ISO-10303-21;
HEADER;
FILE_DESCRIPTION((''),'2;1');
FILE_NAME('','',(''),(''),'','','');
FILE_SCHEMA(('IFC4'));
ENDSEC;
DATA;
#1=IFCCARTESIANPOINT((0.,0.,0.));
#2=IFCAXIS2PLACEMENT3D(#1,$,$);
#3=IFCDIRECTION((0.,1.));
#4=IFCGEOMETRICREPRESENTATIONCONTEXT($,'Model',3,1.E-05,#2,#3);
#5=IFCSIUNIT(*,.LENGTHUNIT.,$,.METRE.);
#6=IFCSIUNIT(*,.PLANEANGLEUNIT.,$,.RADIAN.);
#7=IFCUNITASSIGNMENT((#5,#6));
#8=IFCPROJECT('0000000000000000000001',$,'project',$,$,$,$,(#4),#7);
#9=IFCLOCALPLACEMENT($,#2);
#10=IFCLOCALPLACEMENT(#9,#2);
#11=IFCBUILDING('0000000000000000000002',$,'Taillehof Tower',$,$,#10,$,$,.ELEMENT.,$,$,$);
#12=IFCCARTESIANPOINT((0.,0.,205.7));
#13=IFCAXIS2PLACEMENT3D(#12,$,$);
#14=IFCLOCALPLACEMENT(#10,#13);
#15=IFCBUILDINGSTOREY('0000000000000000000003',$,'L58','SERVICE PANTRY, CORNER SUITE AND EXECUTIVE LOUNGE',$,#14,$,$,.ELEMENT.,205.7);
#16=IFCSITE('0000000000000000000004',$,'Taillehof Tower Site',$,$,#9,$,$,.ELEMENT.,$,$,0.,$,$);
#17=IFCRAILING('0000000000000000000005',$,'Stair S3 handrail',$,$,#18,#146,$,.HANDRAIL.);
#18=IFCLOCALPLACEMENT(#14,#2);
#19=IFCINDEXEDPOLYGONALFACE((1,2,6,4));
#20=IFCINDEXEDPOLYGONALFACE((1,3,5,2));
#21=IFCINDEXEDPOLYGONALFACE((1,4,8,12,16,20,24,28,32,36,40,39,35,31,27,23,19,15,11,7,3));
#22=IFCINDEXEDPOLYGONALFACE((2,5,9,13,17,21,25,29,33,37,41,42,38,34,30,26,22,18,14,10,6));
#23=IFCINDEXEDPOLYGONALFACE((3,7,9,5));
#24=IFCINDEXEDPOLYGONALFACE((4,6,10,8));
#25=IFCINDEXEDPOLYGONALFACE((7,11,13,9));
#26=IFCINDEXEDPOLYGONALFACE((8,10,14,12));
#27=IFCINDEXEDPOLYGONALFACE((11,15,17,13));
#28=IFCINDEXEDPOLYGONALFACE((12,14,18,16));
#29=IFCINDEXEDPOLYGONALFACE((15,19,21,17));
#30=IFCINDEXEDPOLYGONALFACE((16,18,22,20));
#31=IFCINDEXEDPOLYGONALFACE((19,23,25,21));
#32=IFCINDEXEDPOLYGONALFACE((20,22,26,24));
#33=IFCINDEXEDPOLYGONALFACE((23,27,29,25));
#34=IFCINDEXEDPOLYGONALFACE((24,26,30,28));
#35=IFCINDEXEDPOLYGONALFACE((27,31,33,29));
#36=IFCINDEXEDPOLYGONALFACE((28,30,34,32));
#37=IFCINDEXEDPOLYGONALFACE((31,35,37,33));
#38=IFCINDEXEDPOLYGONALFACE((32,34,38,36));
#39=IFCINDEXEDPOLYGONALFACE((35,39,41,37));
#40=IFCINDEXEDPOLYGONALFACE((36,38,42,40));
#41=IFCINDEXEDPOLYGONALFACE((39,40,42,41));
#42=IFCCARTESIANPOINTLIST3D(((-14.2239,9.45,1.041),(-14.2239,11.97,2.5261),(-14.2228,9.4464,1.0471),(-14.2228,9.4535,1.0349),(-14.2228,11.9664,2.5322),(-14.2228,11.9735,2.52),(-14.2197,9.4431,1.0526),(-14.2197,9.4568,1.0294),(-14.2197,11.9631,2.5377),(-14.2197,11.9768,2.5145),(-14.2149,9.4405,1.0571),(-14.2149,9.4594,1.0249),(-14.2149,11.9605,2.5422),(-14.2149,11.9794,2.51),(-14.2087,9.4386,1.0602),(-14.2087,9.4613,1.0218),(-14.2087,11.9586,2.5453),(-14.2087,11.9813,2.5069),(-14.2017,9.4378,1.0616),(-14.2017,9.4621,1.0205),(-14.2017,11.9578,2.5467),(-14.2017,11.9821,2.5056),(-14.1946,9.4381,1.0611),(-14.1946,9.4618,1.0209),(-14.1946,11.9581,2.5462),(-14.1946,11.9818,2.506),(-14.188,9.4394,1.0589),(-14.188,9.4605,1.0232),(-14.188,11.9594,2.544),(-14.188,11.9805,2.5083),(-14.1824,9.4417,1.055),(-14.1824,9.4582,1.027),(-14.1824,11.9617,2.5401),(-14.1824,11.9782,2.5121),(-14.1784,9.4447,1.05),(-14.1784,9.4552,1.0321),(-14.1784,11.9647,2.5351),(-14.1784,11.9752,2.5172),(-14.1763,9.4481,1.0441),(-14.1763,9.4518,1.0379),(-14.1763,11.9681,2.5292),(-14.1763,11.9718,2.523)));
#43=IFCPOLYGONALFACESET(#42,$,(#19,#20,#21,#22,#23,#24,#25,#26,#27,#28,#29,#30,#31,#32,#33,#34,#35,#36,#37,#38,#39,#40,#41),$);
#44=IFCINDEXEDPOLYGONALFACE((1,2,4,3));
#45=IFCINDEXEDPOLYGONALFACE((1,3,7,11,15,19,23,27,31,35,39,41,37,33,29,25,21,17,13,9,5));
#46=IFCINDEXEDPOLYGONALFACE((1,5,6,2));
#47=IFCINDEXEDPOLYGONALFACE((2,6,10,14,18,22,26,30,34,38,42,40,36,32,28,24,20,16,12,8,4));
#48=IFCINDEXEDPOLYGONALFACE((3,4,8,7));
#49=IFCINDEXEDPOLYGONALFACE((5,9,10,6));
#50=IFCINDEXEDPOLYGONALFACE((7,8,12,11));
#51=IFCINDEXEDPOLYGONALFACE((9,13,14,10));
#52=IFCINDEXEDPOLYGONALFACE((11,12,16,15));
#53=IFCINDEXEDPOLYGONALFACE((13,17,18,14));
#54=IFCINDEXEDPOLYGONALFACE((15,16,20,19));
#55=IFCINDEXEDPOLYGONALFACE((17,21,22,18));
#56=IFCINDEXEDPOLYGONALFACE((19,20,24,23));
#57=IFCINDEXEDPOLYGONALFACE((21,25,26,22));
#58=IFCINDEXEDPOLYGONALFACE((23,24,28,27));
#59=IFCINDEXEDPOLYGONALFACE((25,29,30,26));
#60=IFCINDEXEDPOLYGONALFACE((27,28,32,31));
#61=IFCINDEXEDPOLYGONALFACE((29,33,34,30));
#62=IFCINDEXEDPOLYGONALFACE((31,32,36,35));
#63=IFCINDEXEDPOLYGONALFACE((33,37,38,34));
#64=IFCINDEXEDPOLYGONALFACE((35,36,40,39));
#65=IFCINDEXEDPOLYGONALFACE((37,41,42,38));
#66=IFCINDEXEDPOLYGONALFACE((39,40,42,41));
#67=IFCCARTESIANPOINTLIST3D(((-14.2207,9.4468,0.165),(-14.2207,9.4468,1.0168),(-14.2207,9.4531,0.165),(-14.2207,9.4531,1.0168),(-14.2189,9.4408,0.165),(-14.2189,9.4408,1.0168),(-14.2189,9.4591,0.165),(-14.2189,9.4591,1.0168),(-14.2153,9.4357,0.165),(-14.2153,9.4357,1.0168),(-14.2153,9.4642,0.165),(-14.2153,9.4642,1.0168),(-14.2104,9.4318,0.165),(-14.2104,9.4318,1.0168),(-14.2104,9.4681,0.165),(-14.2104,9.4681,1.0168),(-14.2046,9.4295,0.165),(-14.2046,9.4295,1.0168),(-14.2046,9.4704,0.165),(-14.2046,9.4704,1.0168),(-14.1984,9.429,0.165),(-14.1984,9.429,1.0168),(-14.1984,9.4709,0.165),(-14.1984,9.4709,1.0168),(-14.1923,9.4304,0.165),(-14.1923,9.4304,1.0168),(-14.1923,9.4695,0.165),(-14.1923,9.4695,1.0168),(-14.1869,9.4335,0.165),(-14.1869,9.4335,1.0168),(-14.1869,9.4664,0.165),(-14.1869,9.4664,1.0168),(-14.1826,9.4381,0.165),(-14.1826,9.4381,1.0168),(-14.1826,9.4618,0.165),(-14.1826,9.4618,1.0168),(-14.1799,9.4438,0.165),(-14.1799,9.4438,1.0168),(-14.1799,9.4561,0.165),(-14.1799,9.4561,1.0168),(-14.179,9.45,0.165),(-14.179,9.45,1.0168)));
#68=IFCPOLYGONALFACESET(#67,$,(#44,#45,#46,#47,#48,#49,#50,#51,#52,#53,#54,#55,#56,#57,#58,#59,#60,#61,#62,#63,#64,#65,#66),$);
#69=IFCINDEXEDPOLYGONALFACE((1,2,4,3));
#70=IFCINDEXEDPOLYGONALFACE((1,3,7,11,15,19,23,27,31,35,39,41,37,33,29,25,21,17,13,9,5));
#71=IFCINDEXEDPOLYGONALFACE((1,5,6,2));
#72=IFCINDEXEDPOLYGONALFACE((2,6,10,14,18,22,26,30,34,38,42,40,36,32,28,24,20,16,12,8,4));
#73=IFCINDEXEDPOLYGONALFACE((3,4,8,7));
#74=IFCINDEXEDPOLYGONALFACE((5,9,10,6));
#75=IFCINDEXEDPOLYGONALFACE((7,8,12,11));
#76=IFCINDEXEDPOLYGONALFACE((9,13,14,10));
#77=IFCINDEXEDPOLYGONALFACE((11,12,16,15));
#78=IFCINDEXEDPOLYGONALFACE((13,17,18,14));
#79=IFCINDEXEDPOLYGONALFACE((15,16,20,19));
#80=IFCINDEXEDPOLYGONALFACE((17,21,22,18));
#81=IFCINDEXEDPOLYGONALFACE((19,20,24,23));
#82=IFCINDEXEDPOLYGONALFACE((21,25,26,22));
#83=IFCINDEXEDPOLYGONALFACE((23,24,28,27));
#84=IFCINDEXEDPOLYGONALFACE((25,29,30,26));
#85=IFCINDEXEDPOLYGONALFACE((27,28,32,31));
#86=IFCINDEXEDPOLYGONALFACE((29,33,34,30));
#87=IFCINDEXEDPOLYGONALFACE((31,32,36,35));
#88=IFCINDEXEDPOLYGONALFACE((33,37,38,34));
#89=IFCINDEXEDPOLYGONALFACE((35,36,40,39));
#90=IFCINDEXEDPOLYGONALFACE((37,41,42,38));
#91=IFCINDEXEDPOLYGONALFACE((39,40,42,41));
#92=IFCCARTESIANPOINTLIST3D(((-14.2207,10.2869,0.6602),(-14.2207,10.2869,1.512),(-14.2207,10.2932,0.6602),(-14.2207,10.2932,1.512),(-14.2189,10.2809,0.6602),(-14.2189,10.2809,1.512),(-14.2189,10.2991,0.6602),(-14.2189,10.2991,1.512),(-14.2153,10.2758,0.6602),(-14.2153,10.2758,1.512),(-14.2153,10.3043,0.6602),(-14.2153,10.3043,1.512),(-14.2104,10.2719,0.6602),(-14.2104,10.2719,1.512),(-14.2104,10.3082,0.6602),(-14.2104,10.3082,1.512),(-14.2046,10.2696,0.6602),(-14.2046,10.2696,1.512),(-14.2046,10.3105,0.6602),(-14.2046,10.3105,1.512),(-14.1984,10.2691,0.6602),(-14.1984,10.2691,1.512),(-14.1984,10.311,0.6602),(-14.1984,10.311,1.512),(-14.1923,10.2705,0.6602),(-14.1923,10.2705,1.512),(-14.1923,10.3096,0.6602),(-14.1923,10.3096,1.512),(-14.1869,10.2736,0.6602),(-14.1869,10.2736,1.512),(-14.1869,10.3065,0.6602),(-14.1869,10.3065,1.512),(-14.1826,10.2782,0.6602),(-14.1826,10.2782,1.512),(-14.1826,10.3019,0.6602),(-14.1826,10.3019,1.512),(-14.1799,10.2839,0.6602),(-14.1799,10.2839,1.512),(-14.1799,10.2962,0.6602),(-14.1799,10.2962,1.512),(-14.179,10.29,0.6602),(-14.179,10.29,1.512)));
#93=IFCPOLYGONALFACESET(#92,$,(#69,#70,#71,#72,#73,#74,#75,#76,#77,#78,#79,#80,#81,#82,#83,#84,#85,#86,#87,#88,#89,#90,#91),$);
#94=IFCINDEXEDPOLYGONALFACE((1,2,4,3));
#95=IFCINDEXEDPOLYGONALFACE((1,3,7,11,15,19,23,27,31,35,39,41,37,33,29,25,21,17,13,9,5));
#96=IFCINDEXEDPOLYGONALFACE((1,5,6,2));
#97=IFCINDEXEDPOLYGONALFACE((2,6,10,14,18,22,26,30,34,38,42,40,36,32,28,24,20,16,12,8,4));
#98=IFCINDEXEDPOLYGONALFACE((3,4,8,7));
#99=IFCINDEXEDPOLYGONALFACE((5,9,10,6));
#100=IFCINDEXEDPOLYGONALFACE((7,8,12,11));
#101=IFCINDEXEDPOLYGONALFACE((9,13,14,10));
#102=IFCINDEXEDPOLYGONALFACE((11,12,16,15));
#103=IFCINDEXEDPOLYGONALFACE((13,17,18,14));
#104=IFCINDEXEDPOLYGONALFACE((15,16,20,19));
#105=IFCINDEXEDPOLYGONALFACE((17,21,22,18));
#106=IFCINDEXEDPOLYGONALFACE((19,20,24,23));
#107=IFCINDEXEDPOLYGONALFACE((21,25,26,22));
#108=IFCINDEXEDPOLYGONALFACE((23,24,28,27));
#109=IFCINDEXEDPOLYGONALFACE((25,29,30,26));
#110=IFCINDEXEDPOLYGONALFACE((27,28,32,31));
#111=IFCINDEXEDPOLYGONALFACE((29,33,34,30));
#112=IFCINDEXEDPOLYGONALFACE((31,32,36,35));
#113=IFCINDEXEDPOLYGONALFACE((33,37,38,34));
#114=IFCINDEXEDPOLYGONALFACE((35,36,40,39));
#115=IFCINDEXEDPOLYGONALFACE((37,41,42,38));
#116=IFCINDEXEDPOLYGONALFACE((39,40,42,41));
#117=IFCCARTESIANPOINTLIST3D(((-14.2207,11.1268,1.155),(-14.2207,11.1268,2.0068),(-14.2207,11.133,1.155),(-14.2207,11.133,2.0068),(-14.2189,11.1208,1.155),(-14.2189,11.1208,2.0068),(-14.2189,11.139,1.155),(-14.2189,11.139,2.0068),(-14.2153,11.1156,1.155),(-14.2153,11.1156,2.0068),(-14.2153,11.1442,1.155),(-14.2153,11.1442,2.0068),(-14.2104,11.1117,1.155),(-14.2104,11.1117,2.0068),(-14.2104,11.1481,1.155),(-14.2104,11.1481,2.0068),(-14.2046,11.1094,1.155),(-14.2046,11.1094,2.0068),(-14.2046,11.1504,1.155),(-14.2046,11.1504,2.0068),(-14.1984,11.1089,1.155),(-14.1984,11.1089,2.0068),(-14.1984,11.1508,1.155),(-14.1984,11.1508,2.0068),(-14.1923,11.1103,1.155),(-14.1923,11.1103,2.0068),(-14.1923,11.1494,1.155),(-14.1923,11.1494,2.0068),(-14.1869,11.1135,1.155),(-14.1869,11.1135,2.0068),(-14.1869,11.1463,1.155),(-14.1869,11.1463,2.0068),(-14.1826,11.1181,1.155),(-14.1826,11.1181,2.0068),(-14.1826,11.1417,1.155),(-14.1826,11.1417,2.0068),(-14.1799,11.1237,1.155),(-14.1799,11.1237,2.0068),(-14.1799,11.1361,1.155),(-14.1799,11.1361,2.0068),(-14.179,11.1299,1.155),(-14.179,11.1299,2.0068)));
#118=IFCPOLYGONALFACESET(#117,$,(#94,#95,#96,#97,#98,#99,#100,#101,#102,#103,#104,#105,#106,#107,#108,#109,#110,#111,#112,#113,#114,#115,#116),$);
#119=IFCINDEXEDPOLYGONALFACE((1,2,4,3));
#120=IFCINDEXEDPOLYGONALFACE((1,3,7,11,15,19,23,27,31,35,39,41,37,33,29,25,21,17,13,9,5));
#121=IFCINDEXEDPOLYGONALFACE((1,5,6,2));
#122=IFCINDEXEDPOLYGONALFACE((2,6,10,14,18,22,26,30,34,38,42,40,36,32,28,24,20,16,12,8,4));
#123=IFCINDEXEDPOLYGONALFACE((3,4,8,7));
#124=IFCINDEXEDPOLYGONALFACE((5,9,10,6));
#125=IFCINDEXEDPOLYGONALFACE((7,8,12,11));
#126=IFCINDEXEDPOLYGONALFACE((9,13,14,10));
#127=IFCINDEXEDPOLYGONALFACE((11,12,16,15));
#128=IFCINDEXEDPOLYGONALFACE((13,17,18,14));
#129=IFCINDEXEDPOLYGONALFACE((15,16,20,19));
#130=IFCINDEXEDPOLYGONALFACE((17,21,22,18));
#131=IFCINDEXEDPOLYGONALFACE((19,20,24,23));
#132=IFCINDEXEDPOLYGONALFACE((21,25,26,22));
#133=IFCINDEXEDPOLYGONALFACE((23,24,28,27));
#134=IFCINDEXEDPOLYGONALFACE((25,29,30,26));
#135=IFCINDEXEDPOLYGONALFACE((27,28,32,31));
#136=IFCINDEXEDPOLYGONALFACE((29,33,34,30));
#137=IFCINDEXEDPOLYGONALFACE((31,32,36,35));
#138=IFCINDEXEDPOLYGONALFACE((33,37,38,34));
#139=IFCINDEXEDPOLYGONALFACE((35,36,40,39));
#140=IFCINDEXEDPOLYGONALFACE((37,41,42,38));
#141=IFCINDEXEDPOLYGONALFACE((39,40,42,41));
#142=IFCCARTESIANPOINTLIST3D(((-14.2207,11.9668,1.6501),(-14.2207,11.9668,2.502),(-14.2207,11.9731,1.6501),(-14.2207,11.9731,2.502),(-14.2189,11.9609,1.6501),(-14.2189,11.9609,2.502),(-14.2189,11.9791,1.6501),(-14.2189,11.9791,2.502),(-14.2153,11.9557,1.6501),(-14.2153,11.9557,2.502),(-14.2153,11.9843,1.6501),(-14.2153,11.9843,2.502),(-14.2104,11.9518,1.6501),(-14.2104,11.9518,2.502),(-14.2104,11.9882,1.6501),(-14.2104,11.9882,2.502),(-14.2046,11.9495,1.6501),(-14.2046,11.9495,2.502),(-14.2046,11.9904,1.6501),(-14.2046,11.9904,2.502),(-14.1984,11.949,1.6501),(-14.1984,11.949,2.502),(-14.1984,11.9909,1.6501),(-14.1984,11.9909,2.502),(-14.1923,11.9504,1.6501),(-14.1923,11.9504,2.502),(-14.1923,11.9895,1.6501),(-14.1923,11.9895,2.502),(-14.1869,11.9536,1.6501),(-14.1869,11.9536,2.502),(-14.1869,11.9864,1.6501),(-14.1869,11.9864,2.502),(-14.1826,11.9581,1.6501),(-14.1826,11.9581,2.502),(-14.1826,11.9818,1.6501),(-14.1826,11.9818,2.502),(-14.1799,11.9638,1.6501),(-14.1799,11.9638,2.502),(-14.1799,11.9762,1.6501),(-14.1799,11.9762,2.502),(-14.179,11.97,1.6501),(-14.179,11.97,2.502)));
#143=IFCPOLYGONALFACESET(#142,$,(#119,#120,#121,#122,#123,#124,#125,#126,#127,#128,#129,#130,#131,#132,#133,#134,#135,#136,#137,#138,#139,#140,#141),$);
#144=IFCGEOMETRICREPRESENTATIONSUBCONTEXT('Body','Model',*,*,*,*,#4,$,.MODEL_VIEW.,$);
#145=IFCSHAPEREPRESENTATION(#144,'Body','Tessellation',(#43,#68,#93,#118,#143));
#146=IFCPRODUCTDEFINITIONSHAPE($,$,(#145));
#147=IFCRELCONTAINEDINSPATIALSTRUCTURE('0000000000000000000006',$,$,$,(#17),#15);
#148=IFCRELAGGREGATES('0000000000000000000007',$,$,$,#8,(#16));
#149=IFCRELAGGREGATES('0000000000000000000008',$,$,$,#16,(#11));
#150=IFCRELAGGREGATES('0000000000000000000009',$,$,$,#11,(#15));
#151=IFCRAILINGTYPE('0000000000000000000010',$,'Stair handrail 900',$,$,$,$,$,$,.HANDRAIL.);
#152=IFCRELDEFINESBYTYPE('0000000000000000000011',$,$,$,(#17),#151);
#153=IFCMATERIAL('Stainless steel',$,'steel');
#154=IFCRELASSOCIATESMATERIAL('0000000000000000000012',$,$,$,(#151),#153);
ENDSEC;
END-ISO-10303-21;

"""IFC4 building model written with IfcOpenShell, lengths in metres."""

from ifc_helpers import new_model, si_unit, direction, frame, origin, origin_2d, place, context, subcontext, project, spatial, circle, extrude, material, type_object, element, save


model = new_model("IFC4")

# Units and contexts
model_context = context("Model", 3, precision=1e-05, world=origin(), true_north=direction((0.0, 1.0)))
body_context = subcontext(model_context, "Body", "Model", "MODEL_VIEW")
ifc_project = project(units=[si_unit("LENGTHUNIT", "METRE"), si_unit("PLANEANGLEUNIT", "RADIAN")], contexts=[model_context])

# Site, building, storey
site_placement = place(None, origin())
site = spatial("IfcSite", under=ifc_project, at=site_placement, Name="Taillehof Tower Site", CompositionType="ELEMENT", RefElevation=0.0)
building_placement = place(site_placement, origin())
building = spatial("IfcBuilding", under=site, at=building_placement, Name="Taillehof Tower", CompositionType="ELEMENT")
storey_placement = place(building_placement, frame((0.0, 0.0, 205.7)))
storey = spatial("IfcBuildingStorey", under=building, at=storey_placement, Name="L58", Description="SERVICE PANTRY, CORNER SUITE AND EXECUTIVE LOUNGE", CompositionType="ELEMENT", Elevation=205.7)

# Railing
ifc_material_1 = material(Name="Stainless steel", Category="steel")
railing_type_1 = type_object("IfcRailingType", Name="Stair handrail 900", PredefinedType="HANDRAIL", material=ifc_material_1)
railing_1_placement = place(storey_placement, frame((-14.2, 9.45, 0.165)))
element("IfcRailing", 1, at=railing_1_placement, inside=storey, type_object=railing_type_1, Name="Stair S3 handrail", PredefinedType="HANDRAIL", context=body_context, shape_type="SweptSolid", body=[
    extrude(circle(Radius=0.0239, at=origin_2d()), frame((0.0, 0.0, 0.876), z_axis=(0.0, 0.861524, 0.507717), x_axis=(-1.0, 0.0, 0.0)), (0.0, 0.0, 1.0), 2.925),
    extrude(circle(Radius=0.021, at=origin_2d()), origin(), (0.0, 0.0, 1.0), 0.8518),
    extrude(circle(Radius=0.021, at=origin_2d()), frame((0.0, 0.8401, 0.4951)), (0.0, 0.0, 1.0), 0.8518),
    extrude(circle(Radius=0.021, at=origin_2d()), frame((0.0, 1.6799, 0.99)), (0.0, 0.0, 1.0), 0.8518),
    extrude(circle(Radius=0.021, at=origin_2d()), frame((0.0, 2.52, 1.4851)), (0.0, 0.0, 1.0), 0.8518),
])

save(model, "model.ifc")
